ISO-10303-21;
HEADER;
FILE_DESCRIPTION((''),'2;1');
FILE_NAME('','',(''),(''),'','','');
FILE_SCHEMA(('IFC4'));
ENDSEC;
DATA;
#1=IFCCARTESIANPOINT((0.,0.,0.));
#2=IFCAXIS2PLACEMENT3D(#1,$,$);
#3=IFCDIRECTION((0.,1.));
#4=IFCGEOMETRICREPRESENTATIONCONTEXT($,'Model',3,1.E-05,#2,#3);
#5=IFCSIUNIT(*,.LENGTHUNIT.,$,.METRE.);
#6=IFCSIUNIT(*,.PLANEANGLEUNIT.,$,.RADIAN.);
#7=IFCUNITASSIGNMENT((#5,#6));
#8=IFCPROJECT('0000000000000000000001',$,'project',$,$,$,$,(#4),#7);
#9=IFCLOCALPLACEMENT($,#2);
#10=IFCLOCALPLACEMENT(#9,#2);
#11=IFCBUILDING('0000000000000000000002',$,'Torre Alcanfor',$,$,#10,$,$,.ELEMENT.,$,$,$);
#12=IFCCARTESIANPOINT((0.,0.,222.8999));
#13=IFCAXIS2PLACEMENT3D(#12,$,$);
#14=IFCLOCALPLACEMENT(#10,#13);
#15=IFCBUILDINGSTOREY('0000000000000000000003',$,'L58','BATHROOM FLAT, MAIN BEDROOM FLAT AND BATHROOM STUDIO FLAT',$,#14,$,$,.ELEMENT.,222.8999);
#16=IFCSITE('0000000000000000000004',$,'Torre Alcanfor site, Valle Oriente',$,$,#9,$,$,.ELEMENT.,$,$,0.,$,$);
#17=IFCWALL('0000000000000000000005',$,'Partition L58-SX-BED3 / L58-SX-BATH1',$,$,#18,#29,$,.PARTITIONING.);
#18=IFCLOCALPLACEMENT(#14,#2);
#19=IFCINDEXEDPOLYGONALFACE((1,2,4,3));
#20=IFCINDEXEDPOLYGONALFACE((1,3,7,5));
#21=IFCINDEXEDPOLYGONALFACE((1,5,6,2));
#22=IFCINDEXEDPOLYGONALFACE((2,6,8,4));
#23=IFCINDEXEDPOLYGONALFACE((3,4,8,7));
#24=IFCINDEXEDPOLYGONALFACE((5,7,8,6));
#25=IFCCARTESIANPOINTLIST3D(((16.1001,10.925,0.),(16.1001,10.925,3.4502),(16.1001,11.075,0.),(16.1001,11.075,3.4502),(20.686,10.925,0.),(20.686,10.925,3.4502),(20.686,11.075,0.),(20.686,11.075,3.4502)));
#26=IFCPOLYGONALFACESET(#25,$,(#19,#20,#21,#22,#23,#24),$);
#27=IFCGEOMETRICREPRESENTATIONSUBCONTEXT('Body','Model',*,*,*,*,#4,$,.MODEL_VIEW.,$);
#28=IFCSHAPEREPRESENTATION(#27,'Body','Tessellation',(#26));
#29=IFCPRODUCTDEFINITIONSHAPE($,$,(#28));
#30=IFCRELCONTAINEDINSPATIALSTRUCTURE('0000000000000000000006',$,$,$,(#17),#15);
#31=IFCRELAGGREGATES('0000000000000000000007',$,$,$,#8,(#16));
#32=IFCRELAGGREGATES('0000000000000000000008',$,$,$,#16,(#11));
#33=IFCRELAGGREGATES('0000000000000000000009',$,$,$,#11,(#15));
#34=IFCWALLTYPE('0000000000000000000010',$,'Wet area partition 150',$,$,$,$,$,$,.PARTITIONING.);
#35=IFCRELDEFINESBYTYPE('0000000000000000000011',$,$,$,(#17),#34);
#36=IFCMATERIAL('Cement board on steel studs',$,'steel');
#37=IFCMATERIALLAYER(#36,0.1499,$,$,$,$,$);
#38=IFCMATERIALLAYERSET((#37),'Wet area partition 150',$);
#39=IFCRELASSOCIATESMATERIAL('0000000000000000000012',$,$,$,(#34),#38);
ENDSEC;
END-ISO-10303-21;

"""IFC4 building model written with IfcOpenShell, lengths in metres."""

from ifc_helpers import new_model, si_unit, direction, frame, frame_2d, origin, place, context, subcontext, project, spatial, rectangle, extrude, material, layer, layer_set, type_object, element, save


model = new_model("IFC4")

# Units and contexts
model_context = context("Model", 3, precision=1e-05, world=origin(), true_north=direction((0.0, 1.0)))
body_context = subcontext(model_context, "Body", "Model", "MODEL_VIEW")
ifc_project = project(units=[si_unit("LENGTHUNIT", "METRE"), si_unit("PLANEANGLEUNIT", "RADIAN")], contexts=[model_context])

# Site, building, storey
site_placement = place(None, origin())
site = spatial("IfcSite", under=ifc_project, at=site_placement, Name="Torre Alcanfor site, Valle Oriente", CompositionType="ELEMENT", RefElevation=0.0)
building_placement = place(site_placement, origin())
building = spatial("IfcBuilding", under=site, at=building_placement, Name="Torre Alcanfor", CompositionType="ELEMENT")
storey_placement = place(building_placement, frame((0.0, 0.0, 222.8999)))
storey = spatial("IfcBuildingStorey", under=building, at=storey_placement, Name="L58", Description="BATHROOM FLAT, MAIN BEDROOM FLAT AND BATHROOM STUDIO FLAT", CompositionType="ELEMENT", Elevation=222.8999)

# Wall
ifc_material_1 = material(Name="Cement board on steel studs", Category="steel")
ifc_layer_1 = layer(ifc_material_1, 0.1499)
ifc_layer_set_1 = layer_set([ifc_layer_1], Name="Wet area partition 150")
wall_type_1 = type_object("IfcWallType", Name="Wet area partition 150", PredefinedType="PARTITIONING", material=ifc_layer_set_1)
wall_1_placement = place(storey_placement, frame((16.1001, 11.0, 0.0), z_axis=(0.0, 0.0, 1.0), x_axis=(1.0, 0.0, 0.0)))
element("IfcWall", 1, at=wall_1_placement, inside=storey, type_object=wall_type_1, Name="Partition L58-SX-BED3 / L58-SX-BATH1", PredefinedType="PARTITIONING", context=body_context, shape_type="SweptSolid", body=[
    extrude(rectangle(XDim=4.5859, YDim=0.1499, at=frame_2d((2.293, 0.0))), origin(), (0.0, 0.0, 1.0), 3.4502),
])

save(model, "model.ifc")
